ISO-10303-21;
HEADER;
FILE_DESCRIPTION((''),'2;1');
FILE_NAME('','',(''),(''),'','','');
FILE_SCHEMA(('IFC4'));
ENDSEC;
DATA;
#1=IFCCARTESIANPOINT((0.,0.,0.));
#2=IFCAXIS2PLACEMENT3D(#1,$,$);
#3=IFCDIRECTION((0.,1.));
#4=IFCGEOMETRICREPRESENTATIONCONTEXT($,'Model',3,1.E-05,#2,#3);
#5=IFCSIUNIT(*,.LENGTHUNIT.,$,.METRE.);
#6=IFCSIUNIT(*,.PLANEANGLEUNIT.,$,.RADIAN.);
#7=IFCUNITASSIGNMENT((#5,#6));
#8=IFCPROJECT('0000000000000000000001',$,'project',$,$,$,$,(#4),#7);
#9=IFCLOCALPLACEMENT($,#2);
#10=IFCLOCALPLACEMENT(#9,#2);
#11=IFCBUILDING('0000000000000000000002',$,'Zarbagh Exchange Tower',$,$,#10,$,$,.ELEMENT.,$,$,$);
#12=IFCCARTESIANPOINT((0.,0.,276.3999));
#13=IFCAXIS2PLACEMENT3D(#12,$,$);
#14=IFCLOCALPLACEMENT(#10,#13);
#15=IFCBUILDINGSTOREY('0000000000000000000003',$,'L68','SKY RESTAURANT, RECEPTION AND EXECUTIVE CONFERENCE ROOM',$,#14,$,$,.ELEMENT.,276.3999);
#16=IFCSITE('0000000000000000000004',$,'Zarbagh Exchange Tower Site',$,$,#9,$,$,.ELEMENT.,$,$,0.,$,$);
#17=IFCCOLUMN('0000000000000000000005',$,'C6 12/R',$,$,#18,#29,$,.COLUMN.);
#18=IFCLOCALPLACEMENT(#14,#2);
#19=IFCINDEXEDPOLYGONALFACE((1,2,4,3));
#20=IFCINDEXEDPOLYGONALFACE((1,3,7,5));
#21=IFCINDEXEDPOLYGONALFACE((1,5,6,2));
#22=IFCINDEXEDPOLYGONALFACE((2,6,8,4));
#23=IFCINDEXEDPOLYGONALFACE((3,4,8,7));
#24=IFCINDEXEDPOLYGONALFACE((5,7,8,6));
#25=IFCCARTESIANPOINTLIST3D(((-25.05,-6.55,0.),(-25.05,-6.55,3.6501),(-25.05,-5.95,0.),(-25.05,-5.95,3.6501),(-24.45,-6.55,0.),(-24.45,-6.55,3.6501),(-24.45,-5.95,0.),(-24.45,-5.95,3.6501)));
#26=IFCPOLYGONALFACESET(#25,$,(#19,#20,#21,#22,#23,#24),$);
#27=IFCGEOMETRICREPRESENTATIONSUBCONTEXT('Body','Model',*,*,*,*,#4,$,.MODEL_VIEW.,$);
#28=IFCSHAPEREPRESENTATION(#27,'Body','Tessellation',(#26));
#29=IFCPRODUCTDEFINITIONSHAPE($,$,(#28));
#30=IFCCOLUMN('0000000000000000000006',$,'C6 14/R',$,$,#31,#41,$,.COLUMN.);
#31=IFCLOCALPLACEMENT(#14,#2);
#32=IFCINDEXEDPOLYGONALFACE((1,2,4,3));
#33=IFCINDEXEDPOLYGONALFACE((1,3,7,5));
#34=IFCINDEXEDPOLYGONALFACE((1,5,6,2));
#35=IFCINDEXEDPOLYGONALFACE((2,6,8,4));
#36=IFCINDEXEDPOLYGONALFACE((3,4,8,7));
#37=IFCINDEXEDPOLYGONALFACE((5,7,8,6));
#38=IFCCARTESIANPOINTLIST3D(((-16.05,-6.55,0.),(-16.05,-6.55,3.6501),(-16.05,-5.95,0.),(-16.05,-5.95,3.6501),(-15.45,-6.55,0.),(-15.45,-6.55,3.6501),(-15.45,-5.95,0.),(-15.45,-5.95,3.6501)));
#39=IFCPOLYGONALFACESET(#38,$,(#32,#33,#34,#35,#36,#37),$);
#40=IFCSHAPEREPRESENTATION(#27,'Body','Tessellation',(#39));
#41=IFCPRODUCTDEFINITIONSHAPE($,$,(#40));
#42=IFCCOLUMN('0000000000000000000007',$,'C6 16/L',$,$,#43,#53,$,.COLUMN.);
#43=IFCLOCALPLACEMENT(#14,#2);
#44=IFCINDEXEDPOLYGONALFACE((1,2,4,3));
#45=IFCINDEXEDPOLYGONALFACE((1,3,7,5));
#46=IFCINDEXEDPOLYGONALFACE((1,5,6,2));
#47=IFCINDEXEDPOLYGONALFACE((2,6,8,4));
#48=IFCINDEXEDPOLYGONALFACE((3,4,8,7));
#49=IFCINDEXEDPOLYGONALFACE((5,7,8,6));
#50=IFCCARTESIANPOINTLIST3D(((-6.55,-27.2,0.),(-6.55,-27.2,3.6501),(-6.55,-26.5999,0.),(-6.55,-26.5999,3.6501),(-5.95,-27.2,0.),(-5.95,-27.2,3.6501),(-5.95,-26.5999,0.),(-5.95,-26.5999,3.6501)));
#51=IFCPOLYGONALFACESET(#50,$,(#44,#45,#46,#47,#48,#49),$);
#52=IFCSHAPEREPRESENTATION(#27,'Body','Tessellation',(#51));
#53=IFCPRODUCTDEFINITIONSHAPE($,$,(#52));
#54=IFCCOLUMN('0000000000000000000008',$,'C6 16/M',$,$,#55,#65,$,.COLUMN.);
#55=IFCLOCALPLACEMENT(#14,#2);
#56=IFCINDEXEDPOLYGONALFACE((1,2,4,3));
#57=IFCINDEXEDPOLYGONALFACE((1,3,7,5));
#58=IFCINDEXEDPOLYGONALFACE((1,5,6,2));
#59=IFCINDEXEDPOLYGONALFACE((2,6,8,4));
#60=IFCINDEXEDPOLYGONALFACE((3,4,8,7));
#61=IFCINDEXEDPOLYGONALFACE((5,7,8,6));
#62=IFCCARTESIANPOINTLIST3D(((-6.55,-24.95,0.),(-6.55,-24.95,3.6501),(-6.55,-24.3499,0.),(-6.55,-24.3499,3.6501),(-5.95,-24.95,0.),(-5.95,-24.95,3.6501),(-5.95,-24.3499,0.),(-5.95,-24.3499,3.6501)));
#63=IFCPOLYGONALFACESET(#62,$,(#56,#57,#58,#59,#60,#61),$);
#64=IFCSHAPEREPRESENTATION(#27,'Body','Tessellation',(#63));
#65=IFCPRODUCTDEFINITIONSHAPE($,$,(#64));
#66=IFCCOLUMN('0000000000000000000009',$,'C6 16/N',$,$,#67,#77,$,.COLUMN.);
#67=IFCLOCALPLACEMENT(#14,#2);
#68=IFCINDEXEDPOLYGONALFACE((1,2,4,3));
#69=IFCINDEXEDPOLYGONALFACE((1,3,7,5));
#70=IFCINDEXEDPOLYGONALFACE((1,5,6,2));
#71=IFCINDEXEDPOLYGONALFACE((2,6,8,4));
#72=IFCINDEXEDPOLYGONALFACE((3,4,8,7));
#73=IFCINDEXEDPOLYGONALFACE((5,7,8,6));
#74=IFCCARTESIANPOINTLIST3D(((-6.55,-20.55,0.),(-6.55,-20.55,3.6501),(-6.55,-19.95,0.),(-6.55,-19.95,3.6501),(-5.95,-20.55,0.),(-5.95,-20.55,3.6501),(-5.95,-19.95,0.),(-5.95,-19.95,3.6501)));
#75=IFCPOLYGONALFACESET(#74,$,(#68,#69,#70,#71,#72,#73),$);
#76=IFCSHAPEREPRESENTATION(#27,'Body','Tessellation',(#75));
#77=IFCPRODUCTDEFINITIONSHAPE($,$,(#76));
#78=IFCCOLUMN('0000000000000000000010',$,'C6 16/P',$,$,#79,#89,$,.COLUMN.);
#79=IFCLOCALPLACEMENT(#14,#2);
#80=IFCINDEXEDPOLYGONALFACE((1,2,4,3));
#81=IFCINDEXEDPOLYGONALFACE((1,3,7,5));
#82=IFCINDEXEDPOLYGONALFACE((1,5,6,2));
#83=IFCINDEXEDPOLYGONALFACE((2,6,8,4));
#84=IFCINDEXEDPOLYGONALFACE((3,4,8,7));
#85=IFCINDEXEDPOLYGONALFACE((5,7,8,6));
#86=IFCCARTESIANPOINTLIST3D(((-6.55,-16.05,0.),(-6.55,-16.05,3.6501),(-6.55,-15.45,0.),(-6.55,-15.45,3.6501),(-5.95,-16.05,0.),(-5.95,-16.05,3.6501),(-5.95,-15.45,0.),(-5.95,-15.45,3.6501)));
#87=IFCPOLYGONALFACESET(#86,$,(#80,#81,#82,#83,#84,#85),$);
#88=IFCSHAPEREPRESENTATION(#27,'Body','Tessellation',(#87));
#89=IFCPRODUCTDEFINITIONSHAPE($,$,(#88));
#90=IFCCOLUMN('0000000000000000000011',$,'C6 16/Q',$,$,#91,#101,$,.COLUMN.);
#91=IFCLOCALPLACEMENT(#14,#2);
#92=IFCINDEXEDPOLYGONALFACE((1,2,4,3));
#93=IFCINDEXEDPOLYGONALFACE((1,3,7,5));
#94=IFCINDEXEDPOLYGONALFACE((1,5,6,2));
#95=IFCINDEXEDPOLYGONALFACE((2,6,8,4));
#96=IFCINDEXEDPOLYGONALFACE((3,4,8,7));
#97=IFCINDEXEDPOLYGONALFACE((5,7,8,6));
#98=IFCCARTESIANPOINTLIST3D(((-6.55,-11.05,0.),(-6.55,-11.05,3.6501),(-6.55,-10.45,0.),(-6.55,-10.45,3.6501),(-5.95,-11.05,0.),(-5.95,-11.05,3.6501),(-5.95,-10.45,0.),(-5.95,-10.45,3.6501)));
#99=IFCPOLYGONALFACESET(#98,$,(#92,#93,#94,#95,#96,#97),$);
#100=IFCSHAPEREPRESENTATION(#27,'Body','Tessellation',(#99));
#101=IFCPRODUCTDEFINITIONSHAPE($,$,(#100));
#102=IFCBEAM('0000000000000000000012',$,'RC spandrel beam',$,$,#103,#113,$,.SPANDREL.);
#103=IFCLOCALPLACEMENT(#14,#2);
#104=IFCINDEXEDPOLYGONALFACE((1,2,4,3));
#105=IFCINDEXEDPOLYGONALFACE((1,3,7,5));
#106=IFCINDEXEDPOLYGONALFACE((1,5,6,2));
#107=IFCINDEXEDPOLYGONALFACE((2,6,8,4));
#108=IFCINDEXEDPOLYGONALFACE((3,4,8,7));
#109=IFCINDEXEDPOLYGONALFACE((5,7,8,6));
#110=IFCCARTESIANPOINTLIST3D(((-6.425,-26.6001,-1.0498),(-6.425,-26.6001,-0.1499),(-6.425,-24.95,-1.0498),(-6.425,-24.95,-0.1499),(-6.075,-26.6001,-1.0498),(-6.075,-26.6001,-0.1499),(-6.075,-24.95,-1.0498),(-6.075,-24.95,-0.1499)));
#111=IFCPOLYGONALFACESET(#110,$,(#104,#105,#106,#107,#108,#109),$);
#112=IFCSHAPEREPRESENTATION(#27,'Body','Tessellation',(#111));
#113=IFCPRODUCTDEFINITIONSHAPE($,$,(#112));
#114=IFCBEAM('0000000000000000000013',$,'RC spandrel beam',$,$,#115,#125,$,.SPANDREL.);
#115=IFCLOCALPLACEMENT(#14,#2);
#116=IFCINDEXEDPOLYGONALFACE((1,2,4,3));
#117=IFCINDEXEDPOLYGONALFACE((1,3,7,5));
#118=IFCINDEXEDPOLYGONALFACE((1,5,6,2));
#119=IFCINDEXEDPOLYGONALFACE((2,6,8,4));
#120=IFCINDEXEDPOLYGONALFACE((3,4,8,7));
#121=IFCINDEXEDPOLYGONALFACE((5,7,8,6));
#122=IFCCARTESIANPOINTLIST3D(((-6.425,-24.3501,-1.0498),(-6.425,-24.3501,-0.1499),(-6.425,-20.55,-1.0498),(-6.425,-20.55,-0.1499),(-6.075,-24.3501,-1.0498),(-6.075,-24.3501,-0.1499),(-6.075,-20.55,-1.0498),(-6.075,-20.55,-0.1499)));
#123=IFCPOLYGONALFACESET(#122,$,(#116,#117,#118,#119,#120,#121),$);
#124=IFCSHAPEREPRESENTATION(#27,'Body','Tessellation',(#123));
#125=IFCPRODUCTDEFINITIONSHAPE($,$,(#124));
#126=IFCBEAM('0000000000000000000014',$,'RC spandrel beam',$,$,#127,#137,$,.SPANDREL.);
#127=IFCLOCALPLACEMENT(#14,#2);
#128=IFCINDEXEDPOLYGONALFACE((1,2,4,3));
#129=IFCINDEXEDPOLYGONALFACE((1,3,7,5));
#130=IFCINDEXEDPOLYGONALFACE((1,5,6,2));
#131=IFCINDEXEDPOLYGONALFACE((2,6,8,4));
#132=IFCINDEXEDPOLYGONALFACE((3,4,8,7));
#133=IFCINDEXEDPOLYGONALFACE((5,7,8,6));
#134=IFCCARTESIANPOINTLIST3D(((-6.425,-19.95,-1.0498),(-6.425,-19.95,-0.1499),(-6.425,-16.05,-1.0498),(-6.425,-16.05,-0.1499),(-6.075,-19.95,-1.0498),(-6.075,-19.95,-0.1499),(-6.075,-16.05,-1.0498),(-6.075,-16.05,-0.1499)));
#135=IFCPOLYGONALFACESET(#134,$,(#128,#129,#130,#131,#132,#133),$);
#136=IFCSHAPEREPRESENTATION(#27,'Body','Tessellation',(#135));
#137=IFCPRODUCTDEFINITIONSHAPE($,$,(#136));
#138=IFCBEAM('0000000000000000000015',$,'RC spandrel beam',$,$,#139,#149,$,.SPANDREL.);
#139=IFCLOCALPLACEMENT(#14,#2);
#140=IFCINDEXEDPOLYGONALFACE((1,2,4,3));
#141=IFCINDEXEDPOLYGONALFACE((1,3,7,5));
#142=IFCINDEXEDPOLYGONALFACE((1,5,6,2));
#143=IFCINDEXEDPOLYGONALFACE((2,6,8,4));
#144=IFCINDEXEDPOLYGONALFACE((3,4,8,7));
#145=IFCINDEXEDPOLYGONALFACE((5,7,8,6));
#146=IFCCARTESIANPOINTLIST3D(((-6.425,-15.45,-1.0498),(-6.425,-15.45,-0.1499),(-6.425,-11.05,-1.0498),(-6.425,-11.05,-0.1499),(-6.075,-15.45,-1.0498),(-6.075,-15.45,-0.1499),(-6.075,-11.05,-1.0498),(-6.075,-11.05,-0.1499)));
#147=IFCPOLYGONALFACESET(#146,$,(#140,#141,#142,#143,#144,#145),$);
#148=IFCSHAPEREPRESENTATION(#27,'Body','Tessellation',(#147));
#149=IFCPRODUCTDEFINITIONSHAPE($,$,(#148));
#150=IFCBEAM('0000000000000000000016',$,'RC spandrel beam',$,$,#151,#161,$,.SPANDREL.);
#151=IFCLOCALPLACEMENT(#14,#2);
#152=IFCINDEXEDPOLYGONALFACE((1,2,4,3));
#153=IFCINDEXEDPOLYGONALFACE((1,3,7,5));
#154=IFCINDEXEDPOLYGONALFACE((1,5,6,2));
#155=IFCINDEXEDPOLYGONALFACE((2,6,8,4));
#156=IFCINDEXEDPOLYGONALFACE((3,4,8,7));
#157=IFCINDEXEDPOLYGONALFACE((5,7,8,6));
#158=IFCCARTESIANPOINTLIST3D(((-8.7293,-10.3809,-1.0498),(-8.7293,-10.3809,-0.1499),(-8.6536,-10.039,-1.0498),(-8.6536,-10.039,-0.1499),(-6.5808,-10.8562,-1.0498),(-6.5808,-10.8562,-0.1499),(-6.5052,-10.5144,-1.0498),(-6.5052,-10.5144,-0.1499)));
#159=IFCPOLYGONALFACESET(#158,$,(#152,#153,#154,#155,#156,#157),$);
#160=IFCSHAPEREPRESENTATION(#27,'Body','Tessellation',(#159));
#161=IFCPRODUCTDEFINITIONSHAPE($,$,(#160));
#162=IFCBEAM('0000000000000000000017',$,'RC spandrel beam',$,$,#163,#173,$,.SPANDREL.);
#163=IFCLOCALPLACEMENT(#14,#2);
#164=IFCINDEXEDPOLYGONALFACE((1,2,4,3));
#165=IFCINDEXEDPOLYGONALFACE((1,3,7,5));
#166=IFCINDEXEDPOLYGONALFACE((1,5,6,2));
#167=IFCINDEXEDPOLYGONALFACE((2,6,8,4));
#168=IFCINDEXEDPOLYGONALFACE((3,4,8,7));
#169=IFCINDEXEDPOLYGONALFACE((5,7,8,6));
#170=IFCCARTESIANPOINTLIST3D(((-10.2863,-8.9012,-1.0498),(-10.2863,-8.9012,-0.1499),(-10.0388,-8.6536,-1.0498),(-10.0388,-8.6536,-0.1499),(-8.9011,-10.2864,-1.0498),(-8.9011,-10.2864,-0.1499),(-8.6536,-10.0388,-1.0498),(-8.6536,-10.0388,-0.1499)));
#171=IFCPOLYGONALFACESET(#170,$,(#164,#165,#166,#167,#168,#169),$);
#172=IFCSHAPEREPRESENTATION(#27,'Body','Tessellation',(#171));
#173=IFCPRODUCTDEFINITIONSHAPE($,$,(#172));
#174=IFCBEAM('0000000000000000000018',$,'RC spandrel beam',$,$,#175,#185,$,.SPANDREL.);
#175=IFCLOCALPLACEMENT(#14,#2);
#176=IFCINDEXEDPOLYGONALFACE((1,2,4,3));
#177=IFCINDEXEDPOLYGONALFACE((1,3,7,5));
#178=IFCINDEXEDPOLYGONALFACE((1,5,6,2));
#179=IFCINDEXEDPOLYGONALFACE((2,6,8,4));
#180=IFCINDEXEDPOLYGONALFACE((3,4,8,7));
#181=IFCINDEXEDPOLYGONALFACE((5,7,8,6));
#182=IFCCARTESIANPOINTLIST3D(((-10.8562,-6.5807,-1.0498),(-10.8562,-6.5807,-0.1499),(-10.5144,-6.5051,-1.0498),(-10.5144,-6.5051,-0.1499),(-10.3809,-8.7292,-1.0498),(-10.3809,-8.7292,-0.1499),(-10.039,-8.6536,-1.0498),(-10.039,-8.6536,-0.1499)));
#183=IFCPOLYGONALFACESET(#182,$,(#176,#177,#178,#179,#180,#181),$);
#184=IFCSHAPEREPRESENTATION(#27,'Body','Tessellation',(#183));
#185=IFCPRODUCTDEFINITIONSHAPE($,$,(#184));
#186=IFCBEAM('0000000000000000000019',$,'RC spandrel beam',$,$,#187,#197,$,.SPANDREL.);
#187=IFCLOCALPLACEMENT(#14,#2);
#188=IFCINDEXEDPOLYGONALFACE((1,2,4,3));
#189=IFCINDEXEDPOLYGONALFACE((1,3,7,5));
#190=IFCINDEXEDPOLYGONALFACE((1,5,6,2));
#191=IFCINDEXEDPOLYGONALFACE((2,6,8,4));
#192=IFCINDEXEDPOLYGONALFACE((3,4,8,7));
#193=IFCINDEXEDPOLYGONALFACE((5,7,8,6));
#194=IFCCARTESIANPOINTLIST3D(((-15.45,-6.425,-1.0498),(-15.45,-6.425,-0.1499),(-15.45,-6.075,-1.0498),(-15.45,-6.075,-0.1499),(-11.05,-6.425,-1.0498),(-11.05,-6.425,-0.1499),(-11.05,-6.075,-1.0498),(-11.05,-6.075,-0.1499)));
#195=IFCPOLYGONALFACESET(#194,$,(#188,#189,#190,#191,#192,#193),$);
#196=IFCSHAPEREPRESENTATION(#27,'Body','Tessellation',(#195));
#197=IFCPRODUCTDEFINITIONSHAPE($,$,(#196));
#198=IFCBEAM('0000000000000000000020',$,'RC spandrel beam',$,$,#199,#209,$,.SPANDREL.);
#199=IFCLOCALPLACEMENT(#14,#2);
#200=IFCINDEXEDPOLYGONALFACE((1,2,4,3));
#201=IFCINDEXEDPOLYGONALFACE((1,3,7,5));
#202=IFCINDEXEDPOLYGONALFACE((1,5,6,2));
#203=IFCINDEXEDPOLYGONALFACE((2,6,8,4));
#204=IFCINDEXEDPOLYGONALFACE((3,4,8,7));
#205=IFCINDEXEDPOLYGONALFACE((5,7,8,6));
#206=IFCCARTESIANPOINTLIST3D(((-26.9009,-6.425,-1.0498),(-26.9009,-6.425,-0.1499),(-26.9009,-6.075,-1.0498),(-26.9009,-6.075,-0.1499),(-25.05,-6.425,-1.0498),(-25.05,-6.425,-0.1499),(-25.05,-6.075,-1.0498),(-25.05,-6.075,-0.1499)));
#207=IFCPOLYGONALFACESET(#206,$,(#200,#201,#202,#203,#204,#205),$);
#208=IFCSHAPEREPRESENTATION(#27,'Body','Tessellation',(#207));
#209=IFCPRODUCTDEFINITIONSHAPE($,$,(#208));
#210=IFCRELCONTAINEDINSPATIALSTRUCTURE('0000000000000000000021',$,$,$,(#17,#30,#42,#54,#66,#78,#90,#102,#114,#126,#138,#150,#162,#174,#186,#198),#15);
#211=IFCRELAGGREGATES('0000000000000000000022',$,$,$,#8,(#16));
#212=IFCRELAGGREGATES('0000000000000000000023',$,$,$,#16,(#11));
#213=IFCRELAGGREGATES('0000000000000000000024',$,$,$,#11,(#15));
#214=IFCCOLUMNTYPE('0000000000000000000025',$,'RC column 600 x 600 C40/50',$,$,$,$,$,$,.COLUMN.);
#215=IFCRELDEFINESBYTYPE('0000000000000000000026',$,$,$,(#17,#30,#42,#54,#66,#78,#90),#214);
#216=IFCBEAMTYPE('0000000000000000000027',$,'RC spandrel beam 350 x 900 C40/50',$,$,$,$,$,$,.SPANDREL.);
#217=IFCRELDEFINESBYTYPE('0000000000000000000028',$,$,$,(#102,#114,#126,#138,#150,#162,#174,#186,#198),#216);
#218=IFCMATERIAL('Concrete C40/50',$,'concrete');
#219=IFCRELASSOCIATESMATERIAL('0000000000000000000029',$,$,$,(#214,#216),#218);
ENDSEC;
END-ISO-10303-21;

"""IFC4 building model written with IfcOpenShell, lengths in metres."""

from ifc_helpers import new_model, si_unit, direction, frame, origin, origin_2d, place, context, subcontext, project, spatial, rectangle, extrude, material, material_profile, profile_set, type_object, element, save


model = new_model("IFC4")

# Units and contexts
model_context = context("Model", 3, precision=1e-05, world=origin(), true_north=direction((0.0, 1.0)))
body_context = subcontext(model_context, "Body", "Model", "MODEL_VIEW")
ifc_project = project(units=[si_unit("LENGTHUNIT", "METRE"), si_unit("PLANEANGLEUNIT", "RADIAN")], contexts=[model_context])

# Site, building, storey
site_placement = place(None, origin())
site = spatial("IfcSite", under=ifc_project, at=site_placement, Name="Zarbagh Exchange Tower Site", CompositionType="ELEMENT", RefElevation=0.0)
building_placement = place(site_placement, origin())
building = spatial("IfcBuilding", under=site, at=building_placement, Name="Zarbagh Exchange Tower", CompositionType="ELEMENT")
storey_placement = place(building_placement, frame((0.0, 0.0, 276.3999)))
storey = spatial("IfcBuildingStorey", under=building, at=storey_placement, Name="L68", Description="SKY RESTAURANT, RECEPTION AND EXECUTIVE CONFERENCE ROOM", CompositionType="ELEMENT", Elevation=276.3999)

# Columns
ifc_material_1 = material(Name="Concrete C40/50", Category="concrete")
ifc_material_profile_1 = material_profile(ifc_material_1, rectangle(XDim=0.6001, YDim=0.6001, at=origin_2d()), Name="RC column 600 x 600 C40/50")
ifc_profile_set_1 = profile_set([ifc_material_profile_1], Name="Concrete C40/50")
column_type = type_object("IfcColumnType", Name="RC column 600 x 600 C40/50", PredefinedType="COLUMN", material=ifc_profile_set_1)
for number, where, z_axis, x_axis, name in (
    (1, (-24.75, -6.25, 0.0), (0.0, 0.0, 1.0), (1.0, 0.0, 0.0), "C6 12/R"),
    (2, (-15.75, -6.25, 0.0), (0.0, 0.0, 1.0), (1.0, 0.0, 0.0), "C6 14/R"),
    (3, (-6.25, -26.8999, 0.0), (0.0, 0.0, 1.0), (1.0, 0.0, 0.0), "C6 16/L"),
    (4, (-6.25, -24.6499, 0.0), (0.0, 0.0, 1.0), (1.0, 0.0, 0.0), "C6 16/M"),
    (5, (-6.25, -20.25, 0.0), (0.0, 0.0, 1.0), (1.0, 0.0, 0.0), "C6 16/N"),
    (6, (-6.25, -15.75, 0.0), (0.0, 0.0, 1.0), (1.0, 0.0, 0.0), "C6 16/P"),
    (7, (-6.25, -10.75, 0.0), (0.0, 0.0, 1.0), (1.0, 0.0, 0.0), "C6 16/Q"),
):
    element("IfcColumn", number, at=place(storey_placement, frame(where, z_axis=z_axis, x_axis=x_axis)), inside=storey, type_object=column_type, Name=name, PredefinedType="COLUMN", context=body_context, shape_type="SweptSolid", body=[
        extrude(rectangle(XDim=0.6001, YDim=0.6001, at=origin_2d()), origin(), (0.0, 0.0, 1.0), 3.6501),
    ])

# Beams
ifc_material_profile_2 = material_profile(ifc_material_1, rectangle(XDim=0.3501, YDim=0.8999, at=origin_2d()), Name="RC spandrel beam 350 x 900 C40/50")
ifc_profile_set_2 = profile_set([ifc_material_profile_2], Name="Concrete C40/50")
beam_type = type_object("IfcBeamType", Name="RC spandrel beam 350 x 900 C40/50", PredefinedType="SPANDREL", material=ifc_profile_set_2)
beam_1_placement = place(storey_placement, frame((-6.25, -26.6001, -0.5999), z_axis=(0.0, 1.0, 0.0), x_axis=(-1.0, 0.0, 0.0)))
element("IfcBeam", 8, at=beam_1_placement, inside=storey, type_object=beam_type, Name="RC spandrel beam", PredefinedType="SPANDREL", context=body_context, shape_type="SweptSolid", body=[
    extrude(rectangle(XDim=0.3501, YDim=0.8999, at=origin_2d()), origin(), (0.0, 0.0, 1.0), 1.6501),
])
beam_2_placement = place(storey_placement, frame((-6.25, -24.3501, -0.5999), z_axis=(0.0, 1.0, 0.0), x_axis=(-1.0, 0.0, 0.0)))
element("IfcBeam", 9, at=beam_2_placement, inside=storey, type_object=beam_type, Name="RC spandrel beam", PredefinedType="SPANDREL", context=body_context, shape_type="SweptSolid", body=[
    extrude(rectangle(XDim=0.3501, YDim=0.8999, at=origin_2d()), origin(), (0.0, 0.0, 1.0), 3.8),
])
beam_3_placement = place(storey_placement, frame((-6.25, -19.95, -0.5999), z_axis=(0.0, 1.0, 0.0), x_axis=(-1.0, 0.0, 0.0)))
element("IfcBeam", 10, at=beam_3_placement, inside=storey, type_object=beam_type, Name="RC spandrel beam", PredefinedType="SPANDREL", context=body_context, shape_type="SweptSolid", body=[
    extrude(rectangle(XDim=0.3501, YDim=0.8999, at=origin_2d()), origin(), (0.0, 0.0, 1.0), 3.8999),
])
beam_4_placement = place(storey_placement, frame((-6.25, -15.45, -0.5999), z_axis=(0.0, 1.0, 0.0), x_axis=(-1.0, 0.0, 0.0)))
element("IfcBeam", 11, at=beam_4_placement, inside=storey, type_object=beam_type, Name="RC spandrel beam", PredefinedType="SPANDREL", context=body_context, shape_type="SweptSolid", body=[
    extrude(rectangle(XDim=0.3501, YDim=0.8999, at=origin_2d()), origin(), (0.0, 0.0, 1.0), 4.3999),
])
beam_5_placement = place(storey_placement, frame((-6.543, -10.6853, -0.5999), z_axis=(-0.976388, 0.216026, 0.0), x_axis=(-0.216026, -0.976388, 0.0)))
element("IfcBeam", 12, at=beam_5_placement, inside=storey, type_object=beam_type, Name="RC spandrel beam", PredefinedType="SPANDREL", context=body_context, shape_type="SweptSolid", body=[
    extrude(rectangle(XDim=0.3501, YDim=0.8999, at=origin_2d()), origin(), (0.0, 0.0, 1.0), 2.2004),
])
beam_6_placement = place(storey_placement, frame((-8.7773, -10.1626, -0.5999), z_axis=(-0.707107, 0.707107, 0.0), x_axis=(-0.707107, -0.707107, 0.0)))
element("IfcBeam", 13, at=beam_6_placement, inside=storey, type_object=beam_type, Name="RC spandrel beam", PredefinedType="SPANDREL", context=body_context, shape_type="SweptSolid", body=[
    extrude(rectangle(XDim=0.3501, YDim=0.8999, at=origin_2d()), origin(), (0.0, 0.0, 1.0), 1.959),
])
beam_7_placement = place(storey_placement, frame((-10.21, -8.6914, -0.5999), z_axis=(-0.216026, 0.976388, 0.0), x_axis=(-0.976388, -0.216026, 0.0)))
element("IfcBeam", 14, at=beam_7_placement, inside=storey, type_object=beam_type, Name="RC spandrel beam", PredefinedType="SPANDREL", context=body_context, shape_type="SweptSolid", body=[
    extrude(rectangle(XDim=0.3501, YDim=0.8999, at=origin_2d()), origin(), (0.0, 0.0, 1.0), 2.2004),
])
beam_8_placement = place(storey_placement, frame((-11.05, -6.25, -0.5999), z_axis=(-1.0, 0.0, 0.0), x_axis=(0.0, -1.0, 0.0)))
element("IfcBeam", 15, at=beam_8_placement, inside=storey, type_object=beam_type, Name="RC spandrel beam", PredefinedType="SPANDREL", context=body_context, shape_type="SweptSolid", body=[
    extrude(rectangle(XDim=0.3501, YDim=0.8999, at=origin_2d()), origin(), (0.0, 0.0, 1.0), 4.3999),
])
beam_9_placement = place(storey_placement, frame((-25.05, -6.25, -0.5999), z_axis=(-1.0, 0.0, 0.0), x_axis=(0.0, -1.0, 0.0)))
element("IfcBeam", 16, at=beam_9_placement, inside=storey, type_object=beam_type, Name="RC spandrel beam", PredefinedType="SPANDREL", context=body_context, shape_type="SweptSolid", body=[
    extrude(rectangle(XDim=0.3501, YDim=0.8999, at=origin_2d()), origin(), (0.0, 0.0, 1.0), 1.8508),
])

save(model, "model.ifc")
